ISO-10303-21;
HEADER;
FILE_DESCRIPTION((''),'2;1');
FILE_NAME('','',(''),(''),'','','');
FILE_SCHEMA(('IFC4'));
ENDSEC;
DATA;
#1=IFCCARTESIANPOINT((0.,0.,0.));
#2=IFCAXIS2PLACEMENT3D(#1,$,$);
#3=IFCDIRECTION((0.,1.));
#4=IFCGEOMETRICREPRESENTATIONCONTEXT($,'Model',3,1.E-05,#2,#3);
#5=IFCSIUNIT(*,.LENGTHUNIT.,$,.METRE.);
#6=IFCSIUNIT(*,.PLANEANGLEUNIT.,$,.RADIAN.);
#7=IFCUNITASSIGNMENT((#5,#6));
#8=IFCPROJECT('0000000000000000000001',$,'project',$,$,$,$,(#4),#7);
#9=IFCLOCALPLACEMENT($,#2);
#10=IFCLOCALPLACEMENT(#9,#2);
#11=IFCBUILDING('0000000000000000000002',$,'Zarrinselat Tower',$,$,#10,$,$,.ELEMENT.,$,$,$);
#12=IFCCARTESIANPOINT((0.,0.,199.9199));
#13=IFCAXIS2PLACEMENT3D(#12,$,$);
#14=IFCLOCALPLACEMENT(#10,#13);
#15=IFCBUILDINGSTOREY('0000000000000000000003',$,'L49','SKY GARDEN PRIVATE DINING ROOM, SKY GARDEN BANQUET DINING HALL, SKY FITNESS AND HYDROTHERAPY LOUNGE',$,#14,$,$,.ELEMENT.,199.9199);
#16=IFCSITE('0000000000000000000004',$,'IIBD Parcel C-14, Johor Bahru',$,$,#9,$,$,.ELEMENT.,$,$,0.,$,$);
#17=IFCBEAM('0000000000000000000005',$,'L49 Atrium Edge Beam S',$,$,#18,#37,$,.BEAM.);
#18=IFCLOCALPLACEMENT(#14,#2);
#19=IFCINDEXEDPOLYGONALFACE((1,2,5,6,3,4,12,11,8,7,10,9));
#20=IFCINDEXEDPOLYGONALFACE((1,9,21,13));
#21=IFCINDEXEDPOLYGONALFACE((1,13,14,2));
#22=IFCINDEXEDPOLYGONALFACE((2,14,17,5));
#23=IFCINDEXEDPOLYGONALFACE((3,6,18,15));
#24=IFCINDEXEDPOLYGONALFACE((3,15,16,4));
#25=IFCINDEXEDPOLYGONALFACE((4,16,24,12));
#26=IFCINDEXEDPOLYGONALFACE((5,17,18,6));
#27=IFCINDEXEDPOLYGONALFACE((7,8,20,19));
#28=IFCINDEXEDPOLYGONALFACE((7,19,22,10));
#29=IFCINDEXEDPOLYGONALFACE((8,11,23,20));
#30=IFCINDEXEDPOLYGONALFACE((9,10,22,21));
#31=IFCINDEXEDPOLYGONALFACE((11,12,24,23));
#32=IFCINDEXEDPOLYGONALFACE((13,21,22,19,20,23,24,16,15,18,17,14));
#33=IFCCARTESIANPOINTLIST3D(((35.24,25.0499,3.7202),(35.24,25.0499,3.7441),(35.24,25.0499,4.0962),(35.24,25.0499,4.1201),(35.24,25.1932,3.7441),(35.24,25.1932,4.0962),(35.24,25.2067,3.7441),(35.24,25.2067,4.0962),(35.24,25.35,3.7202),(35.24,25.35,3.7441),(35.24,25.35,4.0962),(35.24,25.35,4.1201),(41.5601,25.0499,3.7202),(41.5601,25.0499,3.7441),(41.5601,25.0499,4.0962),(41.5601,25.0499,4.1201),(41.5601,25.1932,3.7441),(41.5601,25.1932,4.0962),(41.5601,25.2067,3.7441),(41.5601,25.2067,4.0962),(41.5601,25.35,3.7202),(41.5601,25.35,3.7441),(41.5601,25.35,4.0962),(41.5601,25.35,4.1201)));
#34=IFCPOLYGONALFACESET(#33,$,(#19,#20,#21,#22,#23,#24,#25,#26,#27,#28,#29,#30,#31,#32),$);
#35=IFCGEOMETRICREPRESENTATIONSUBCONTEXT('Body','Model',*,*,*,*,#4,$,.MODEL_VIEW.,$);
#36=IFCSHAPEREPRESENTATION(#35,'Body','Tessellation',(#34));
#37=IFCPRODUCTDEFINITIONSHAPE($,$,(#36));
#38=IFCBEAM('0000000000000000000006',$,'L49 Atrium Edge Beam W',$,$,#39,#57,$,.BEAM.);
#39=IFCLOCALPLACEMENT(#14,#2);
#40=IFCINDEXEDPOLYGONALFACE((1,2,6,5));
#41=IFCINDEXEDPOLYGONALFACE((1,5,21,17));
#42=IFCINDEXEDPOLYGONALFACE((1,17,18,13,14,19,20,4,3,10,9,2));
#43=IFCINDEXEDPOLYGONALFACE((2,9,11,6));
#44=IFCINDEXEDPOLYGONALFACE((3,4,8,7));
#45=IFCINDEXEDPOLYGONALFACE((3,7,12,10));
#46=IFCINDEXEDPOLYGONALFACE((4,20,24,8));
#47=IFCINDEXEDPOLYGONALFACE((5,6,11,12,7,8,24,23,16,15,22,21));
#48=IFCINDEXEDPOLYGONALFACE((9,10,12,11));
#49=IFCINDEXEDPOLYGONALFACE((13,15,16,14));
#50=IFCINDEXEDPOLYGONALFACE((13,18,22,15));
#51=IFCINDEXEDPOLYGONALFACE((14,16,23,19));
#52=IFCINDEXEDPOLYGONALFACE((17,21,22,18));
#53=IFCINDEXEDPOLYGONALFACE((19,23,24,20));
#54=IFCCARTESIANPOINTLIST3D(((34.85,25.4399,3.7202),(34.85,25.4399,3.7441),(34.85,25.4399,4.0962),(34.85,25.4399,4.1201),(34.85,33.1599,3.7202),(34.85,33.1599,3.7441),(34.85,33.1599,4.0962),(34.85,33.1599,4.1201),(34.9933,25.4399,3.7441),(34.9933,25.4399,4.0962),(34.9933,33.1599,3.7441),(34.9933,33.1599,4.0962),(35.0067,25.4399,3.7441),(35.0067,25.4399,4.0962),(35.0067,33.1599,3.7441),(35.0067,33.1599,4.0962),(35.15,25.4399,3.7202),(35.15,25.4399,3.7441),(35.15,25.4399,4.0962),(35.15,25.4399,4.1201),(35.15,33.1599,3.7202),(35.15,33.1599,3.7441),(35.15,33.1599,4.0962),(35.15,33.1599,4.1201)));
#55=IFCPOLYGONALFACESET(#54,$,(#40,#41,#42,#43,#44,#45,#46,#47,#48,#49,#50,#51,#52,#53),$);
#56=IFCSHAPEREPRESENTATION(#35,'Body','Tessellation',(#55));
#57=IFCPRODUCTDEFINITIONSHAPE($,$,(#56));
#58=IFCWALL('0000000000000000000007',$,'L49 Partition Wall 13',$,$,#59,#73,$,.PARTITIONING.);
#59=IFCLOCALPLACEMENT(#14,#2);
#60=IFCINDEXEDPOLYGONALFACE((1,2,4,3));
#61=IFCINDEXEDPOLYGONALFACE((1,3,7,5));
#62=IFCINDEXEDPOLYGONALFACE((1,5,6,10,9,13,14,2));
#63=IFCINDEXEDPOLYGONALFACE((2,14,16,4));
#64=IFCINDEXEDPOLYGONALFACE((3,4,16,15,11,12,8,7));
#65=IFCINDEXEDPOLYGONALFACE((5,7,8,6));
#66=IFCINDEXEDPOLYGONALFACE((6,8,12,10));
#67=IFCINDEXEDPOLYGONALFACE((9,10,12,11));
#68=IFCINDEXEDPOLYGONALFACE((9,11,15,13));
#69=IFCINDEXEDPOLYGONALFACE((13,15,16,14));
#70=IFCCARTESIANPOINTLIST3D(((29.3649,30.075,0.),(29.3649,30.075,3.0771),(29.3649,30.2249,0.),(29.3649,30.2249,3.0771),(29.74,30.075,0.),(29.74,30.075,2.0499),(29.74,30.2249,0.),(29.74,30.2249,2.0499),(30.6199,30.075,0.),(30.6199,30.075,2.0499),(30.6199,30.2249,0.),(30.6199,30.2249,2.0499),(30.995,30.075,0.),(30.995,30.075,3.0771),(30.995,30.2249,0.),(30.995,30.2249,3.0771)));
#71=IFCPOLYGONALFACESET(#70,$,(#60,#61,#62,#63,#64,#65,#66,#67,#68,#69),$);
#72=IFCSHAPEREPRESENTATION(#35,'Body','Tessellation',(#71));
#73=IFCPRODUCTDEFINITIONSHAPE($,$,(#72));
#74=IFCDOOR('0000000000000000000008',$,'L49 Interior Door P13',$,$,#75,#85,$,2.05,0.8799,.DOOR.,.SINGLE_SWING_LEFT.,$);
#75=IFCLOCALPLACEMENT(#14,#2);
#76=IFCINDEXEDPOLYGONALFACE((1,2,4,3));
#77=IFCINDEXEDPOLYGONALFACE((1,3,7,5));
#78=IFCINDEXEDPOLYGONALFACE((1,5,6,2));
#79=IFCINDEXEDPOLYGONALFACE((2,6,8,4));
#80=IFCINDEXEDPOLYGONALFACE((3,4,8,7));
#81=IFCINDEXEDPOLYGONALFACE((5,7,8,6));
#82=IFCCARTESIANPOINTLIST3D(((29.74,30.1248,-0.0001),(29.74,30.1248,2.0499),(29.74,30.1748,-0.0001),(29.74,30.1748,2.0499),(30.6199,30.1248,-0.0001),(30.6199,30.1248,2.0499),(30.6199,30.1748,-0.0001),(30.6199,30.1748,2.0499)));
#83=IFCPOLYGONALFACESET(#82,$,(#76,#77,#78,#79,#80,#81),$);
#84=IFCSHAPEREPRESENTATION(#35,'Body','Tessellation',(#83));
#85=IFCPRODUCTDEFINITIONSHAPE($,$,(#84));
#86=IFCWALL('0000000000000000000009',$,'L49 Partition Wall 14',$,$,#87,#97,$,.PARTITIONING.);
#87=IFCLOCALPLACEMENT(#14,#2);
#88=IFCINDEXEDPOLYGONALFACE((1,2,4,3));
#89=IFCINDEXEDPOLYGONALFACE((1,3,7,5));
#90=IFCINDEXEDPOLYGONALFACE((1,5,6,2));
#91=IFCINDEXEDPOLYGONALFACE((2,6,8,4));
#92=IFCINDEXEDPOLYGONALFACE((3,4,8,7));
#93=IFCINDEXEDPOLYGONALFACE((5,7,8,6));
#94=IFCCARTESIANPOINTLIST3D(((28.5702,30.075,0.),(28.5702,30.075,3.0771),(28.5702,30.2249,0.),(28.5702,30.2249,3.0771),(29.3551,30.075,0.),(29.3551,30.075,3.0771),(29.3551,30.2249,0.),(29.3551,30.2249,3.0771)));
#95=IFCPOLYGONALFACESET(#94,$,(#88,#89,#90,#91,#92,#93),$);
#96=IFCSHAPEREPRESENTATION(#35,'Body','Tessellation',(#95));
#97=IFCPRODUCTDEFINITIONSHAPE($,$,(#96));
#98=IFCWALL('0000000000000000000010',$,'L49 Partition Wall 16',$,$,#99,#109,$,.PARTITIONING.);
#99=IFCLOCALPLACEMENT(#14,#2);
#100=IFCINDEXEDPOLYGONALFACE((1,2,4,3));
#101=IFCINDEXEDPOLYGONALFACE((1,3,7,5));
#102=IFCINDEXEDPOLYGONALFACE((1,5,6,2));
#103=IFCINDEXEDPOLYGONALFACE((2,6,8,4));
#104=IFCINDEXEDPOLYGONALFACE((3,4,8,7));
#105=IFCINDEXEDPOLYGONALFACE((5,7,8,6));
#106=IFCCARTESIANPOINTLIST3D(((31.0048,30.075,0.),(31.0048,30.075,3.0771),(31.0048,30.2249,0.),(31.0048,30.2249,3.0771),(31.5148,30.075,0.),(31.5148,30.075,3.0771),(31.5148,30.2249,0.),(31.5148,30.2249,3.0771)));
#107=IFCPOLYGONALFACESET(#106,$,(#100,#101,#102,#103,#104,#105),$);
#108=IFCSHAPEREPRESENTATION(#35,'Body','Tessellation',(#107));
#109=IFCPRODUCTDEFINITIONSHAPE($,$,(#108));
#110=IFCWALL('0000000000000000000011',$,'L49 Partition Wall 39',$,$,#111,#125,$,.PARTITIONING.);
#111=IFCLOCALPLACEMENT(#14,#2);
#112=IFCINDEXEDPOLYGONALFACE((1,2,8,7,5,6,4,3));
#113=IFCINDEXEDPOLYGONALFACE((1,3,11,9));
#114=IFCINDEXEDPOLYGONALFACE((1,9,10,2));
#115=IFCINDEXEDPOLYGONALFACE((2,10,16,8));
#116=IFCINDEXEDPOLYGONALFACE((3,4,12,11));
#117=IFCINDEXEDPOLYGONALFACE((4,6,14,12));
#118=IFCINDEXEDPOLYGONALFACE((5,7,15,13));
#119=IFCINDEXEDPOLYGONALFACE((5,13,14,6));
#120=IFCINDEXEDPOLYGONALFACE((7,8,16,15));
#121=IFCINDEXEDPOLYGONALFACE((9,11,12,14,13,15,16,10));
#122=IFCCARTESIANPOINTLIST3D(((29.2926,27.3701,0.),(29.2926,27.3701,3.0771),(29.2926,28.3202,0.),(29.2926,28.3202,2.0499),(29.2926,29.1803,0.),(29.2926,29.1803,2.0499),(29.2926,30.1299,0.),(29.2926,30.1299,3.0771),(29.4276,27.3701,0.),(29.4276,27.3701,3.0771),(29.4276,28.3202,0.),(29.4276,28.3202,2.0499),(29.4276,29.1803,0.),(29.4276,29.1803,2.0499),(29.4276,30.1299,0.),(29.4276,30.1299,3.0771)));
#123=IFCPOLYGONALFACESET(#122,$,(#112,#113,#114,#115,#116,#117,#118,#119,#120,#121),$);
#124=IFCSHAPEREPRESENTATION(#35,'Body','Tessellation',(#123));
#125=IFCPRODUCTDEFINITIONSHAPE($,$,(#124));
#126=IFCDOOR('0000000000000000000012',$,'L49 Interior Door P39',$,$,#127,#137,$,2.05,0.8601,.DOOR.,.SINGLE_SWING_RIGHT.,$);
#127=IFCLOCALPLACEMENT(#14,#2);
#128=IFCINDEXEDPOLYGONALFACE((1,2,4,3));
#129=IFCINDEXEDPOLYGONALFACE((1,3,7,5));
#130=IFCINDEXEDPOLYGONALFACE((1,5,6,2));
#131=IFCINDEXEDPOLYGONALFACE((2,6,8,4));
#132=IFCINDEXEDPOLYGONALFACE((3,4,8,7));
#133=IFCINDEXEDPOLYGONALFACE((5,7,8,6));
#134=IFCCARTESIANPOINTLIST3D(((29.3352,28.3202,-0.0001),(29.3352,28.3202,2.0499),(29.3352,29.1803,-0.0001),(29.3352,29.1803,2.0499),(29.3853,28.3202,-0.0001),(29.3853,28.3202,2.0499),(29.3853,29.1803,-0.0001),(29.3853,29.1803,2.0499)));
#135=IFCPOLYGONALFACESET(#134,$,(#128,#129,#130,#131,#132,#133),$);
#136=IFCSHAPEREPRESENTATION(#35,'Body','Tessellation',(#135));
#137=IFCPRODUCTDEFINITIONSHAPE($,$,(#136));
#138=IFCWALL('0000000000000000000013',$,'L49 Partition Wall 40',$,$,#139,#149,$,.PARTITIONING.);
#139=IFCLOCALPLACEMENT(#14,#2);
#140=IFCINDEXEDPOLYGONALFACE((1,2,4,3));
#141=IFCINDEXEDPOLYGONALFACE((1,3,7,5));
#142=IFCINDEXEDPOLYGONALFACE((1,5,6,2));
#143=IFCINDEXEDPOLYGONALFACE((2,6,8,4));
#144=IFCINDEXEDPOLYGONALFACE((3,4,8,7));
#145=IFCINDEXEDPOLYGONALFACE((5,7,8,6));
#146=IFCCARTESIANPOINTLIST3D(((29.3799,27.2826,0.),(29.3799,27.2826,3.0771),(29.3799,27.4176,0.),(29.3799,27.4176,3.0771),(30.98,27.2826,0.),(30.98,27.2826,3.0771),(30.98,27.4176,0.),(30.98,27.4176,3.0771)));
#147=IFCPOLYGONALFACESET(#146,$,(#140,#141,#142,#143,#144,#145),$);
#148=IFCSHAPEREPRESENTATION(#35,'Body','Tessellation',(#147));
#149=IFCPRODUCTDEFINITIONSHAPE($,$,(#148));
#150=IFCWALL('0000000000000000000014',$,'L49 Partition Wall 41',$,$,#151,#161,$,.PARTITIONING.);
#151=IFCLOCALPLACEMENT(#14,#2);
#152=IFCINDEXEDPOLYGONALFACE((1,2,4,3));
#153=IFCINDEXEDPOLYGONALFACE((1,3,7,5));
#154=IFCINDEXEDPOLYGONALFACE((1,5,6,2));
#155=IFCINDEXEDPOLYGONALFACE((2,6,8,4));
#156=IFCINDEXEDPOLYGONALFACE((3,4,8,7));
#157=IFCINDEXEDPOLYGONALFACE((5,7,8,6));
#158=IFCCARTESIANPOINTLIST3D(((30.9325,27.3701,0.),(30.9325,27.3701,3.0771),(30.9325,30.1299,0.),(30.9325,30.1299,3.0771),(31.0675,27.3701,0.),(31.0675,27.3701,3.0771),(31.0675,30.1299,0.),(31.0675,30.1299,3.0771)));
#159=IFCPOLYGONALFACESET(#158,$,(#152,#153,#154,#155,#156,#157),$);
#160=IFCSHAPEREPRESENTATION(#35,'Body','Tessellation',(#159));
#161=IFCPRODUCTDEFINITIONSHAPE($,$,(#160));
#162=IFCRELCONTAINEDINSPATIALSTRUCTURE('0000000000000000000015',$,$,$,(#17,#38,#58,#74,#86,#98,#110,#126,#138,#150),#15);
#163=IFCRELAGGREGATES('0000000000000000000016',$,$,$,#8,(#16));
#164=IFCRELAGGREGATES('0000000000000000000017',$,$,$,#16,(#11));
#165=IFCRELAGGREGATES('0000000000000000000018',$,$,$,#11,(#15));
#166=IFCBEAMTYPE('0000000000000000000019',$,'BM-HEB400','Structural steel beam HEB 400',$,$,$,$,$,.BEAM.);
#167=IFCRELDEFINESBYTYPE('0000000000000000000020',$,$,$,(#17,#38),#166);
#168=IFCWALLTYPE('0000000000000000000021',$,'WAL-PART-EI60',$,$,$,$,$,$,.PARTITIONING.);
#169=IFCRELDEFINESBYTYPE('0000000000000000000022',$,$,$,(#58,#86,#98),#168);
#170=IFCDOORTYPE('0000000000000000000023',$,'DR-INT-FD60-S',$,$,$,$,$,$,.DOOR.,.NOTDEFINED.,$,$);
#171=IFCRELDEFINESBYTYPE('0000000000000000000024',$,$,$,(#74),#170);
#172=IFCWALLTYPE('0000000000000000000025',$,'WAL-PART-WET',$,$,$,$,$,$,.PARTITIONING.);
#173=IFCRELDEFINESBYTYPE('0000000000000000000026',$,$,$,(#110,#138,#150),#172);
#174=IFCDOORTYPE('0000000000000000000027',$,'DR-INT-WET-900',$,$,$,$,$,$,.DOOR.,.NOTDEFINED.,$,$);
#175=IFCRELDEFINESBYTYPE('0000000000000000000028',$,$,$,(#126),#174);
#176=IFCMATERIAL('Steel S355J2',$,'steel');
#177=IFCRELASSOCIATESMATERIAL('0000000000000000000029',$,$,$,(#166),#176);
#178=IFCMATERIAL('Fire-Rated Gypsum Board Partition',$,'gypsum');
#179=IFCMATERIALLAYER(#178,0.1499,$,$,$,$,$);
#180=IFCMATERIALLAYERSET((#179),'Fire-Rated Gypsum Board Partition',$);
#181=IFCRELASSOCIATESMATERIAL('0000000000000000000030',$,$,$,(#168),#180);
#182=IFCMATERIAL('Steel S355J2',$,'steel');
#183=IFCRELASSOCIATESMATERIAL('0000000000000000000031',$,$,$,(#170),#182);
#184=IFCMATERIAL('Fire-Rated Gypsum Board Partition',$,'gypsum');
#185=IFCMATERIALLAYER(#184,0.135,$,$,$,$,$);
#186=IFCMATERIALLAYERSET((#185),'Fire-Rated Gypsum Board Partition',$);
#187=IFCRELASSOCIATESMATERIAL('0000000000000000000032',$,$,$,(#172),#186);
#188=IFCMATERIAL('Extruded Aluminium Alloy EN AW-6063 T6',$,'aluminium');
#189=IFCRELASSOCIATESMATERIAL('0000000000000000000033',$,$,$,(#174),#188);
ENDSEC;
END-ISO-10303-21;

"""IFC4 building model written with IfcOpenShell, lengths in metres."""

from ifc_helpers import new_model, si_unit, direction, frame, frame_2d, origin, origin_2d, place, context, subcontext, project, spatial, rectangle, i_section, extrude, material, layer, layer_set, material_profile, profile_set, type_object, element, fill, save


model = new_model("IFC4")

# Units and contexts
model_context = context("Model", 3, precision=1e-05, world=origin(), true_north=direction((0.0, 1.0)))
body_context = subcontext(model_context, "Body", "Model", "MODEL_VIEW")
ifc_project = project(units=[si_unit("LENGTHUNIT", "METRE"), si_unit("PLANEANGLEUNIT", "RADIAN")], contexts=[model_context])

# Site, building, storey
site_placement = place(None, origin())
site = spatial("IfcSite", under=ifc_project, at=site_placement, Name="IIBD Parcel C-14, Johor Bahru", CompositionType="ELEMENT", RefElevation=0.0)
building_placement = place(site_placement, origin())
building = spatial("IfcBuilding", under=site, at=building_placement, Name="Zarrinselat Tower", CompositionType="ELEMENT")
storey_placement = place(building_placement, frame((0.0, 0.0, 199.9199)))
storey = spatial("IfcBuildingStorey", under=building, at=storey_placement, Name="L49", Description="SKY GARDEN PRIVATE DINING ROOM, SKY GARDEN BANQUET DINING HALL, SKY FITNESS AND HYDROTHERAPY LOUNGE", CompositionType="ELEMENT", Elevation=199.9199)

# Beams
ifc_material_1 = material(Name="Steel S355J2", Category="steel")
ifc_material_profile = material_profile(ifc_material_1, i_section(OverallWidth=0.3, OverallDepth=0.3999, WebThickness=0.0134, FlangeThickness=0.0239, at=origin_2d()), Name="HEB 400")
ifc_profile_set = profile_set([ifc_material_profile], Name="Steel S355J2")
beam_type = type_object("IfcBeamType", Name="BM-HEB400", Description="Structural steel beam HEB 400", PredefinedType="BEAM", material=ifc_profile_set)
beam_1_placement = place(storey_placement, frame((35.24, 25.2, 3.9202), z_axis=(1.0, 0.0, 0.0), x_axis=(0.0, 1.0, 0.0)))
element("IfcBeam", 1, at=beam_1_placement, inside=storey, type_object=beam_type, Name="L49 Atrium Edge Beam S", PredefinedType="BEAM", context=body_context, shape_type="SweptSolid", body=[
    extrude(i_section(OverallWidth=0.3, OverallDepth=0.3999, WebThickness=0.0134, FlangeThickness=0.0239, at=origin_2d()), origin(), (0.0, 0.0, 1.0), 6.3201),
])
beam_2_placement = place(storey_placement, frame((35.0, 25.4399, 3.9202), z_axis=(0.0, 1.0, 0.0), x_axis=(-1.0, 0.0, 0.0)))
element("IfcBeam", 2, at=beam_2_placement, inside=storey, type_object=beam_type, Name="L49 Atrium Edge Beam W", PredefinedType="BEAM", context=body_context, shape_type="SweptSolid", body=[
    extrude(i_section(OverallWidth=0.3, OverallDepth=0.3999, WebThickness=0.0134, FlangeThickness=0.0239, at=origin_2d()), origin(), (0.0, 0.0, 1.0), 7.72),
])

# Wall, opening, door
ifc_material_2 = material(Name="Fire-Rated Gypsum Board Partition", Category="gypsum")
ifc_layer_1 = layer(ifc_material_2, 0.1499)
ifc_layer_set_1 = layer_set([ifc_layer_1], Name="Fire-Rated Gypsum Board Partition")
wall_type_1 = type_object("IfcWallType", Name="WAL-PART-EI60", PredefinedType="PARTITIONING", material=ifc_layer_set_1)
wall_1_placement = place(storey_placement, frame((29.365, 30.1499, 0.0), z_axis=(0.0, 0.0, 1.0), x_axis=(1.0, 0.0, 0.0)))
wall_1 = element("IfcWall", 3, at=wall_1_placement, inside=storey, type_object=wall_type_1, Name="L49 Partition Wall 13", PredefinedType="PARTITIONING", context=body_context, shape_type="SweptSolid", body=[
    extrude(rectangle(XDim=1.6301, YDim=0.1499, at=frame_2d((0.8149, 0.0))), origin(), (0.0, 0.0, 1.0), 3.0771),
])
opening_1_placement = place(wall_1_placement, frame((0.375, 0.0, 0.0)))
opening_1 = element("IfcOpeningElement", 4, at=opening_1_placement, cuts=wall_1, PredefinedType="OPENING", context=body_context, shape_type="SweptSolid", body=[
    extrude(rectangle(XDim=0.8799, YDim=2.05, at=frame_2d((0.4399, 1.0249))), frame((0.0, 0.085, 0.0), z_axis=(0.0, -1.0, 0.0), x_axis=(1.0, 0.0, 0.0)), (0.0, 0.0, 1.0), 0.1699),
])
ifc_material_3 = material(Name="Steel S355J2", Category="steel")
door_type_1 = type_object("IfcDoorType", Name="DR-INT-FD60-S", OperationType="NOTDEFINED", PredefinedType="DOOR", material=ifc_material_3)
door_1_placement = place(opening_1_placement, origin())
door_1 = element("IfcDoor", 5, at=door_1_placement, inside=storey, type_object=door_type_1, Name="L49 Interior Door P13", OperationType="SINGLE_SWING_LEFT", OverallHeight=2.05, OverallWidth=0.8799, PredefinedType="DOOR", context=body_context, shape_type="SweptSolid", body=[
    extrude(rectangle(XDim=0.8799, YDim=2.05, at=frame_2d((0.4399, 1.0249))), frame((0.0, 0.0249, 0.0), z_axis=(0.0, -1.0, 0.0), x_axis=(1.0, 0.0, 0.0)), (0.0, 0.0, 1.0), 0.05),
])
fill(opening_1, door_1)

# Walls
wall_2_placement = place(storey_placement, frame((28.5701, 30.1499, 0.0), z_axis=(0.0, 0.0, 1.0), x_axis=(1.0, 0.0, 0.0)))
element("IfcWall", 6, at=wall_2_placement, inside=storey, type_object=wall_type_1, Name="L49 Partition Wall 14", PredefinedType="PARTITIONING", context=body_context, shape_type="SweptSolid", body=[
    extrude(rectangle(XDim=0.7849, YDim=0.1499, at=frame_2d((0.3926, 0.0))), origin(), (0.0, 0.0, 1.0), 3.0771),
])
wall_3_placement = place(storey_placement, frame((31.0049, 30.1499, 0.0), z_axis=(0.0, 0.0, 1.0), x_axis=(1.0, 0.0, 0.0)))
element("IfcWall", 7, at=wall_3_placement, inside=storey, type_object=wall_type_1, Name="L49 Partition Wall 16", PredefinedType="PARTITIONING", context=body_context, shape_type="SweptSolid", body=[
    extrude(rectangle(XDim=0.51, YDim=0.1499, at=frame_2d((0.2549, 0.0))), origin(), (0.0, 0.0, 1.0), 3.0771),
])

# Wall, opening, door
ifc_material_4 = material(Name="Fire-Rated Gypsum Board Partition", Category="gypsum")
ifc_layer_2 = layer(ifc_material_4, 0.135)
ifc_layer_set_2 = layer_set([ifc_layer_2], Name="Fire-Rated Gypsum Board Partition")
wall_type_2 = type_object("IfcWallType", Name="WAL-PART-WET", PredefinedType="PARTITIONING", material=ifc_layer_set_2)
wall_4_placement = place(storey_placement, frame((29.3601, 27.3701, 0.0), z_axis=(0.0, 0.0, 1.0), x_axis=(0.0, 1.0, 0.0)))
wall_4 = element("IfcWall", 8, at=wall_4_placement, inside=storey, type_object=wall_type_2, Name="L49 Partition Wall 39", PredefinedType="PARTITIONING", context=body_context, shape_type="SweptSolid", body=[
    extrude(rectangle(XDim=2.7598, YDim=0.135, at=frame_2d((1.3799, 0.0))), origin(), (0.0, 0.0, 1.0), 3.0771),
])
opening_2_placement = place(wall_4_placement, frame((0.95, 0.0, 0.0)))
opening_2 = element("IfcOpeningElement", 9, at=opening_2_placement, cuts=wall_4, PredefinedType="OPENING", context=body_context, shape_type="SweptSolid", body=[
    extrude(rectangle(XDim=0.8601, YDim=2.05, at=frame_2d((0.4302, 1.0249))), frame((0.0, 0.0774, 0.0), z_axis=(0.0, -1.0, 0.0), x_axis=(1.0, 0.0, 0.0)), (0.0, 0.0, 1.0), 0.155),
])
ifc_material_5 = material(Name="Extruded Aluminium Alloy EN AW-6063 T6", Category="aluminium")
door_type_2 = type_object("IfcDoorType", Name="DR-INT-WET-900", OperationType="NOTDEFINED", PredefinedType="DOOR", material=ifc_material_5)
door_2_placement = place(opening_2_placement, origin())
door_2 = element("IfcDoor", 10, at=door_2_placement, inside=storey, type_object=door_type_2, Name="L49 Interior Door P39", OperationType="SINGLE_SWING_RIGHT", OverallHeight=2.05, OverallWidth=0.8601, PredefinedType="DOOR", context=body_context, shape_type="SweptSolid", body=[
    extrude(rectangle(XDim=0.8601, YDim=2.05, at=frame_2d((0.4302, 1.0249))), frame((0.0, 0.0249, 0.0), z_axis=(0.0, -1.0, 0.0), x_axis=(1.0, 0.0, 0.0)), (0.0, 0.0, 1.0), 0.05),
])
fill(opening_2, door_2)

# Walls
wall_5_placement = place(storey_placement, frame((29.3799, 27.3501, 0.0), z_axis=(0.0, 0.0, 1.0), x_axis=(1.0, 0.0, 0.0)))
element("IfcWall", 11, at=wall_5_placement, inside=storey, type_object=wall_type_2, Name="L49 Partition Wall 40", PredefinedType="PARTITIONING", context=body_context, shape_type="SweptSolid", body=[
    extrude(rectangle(XDim=1.6001, YDim=0.135, at=frame_2d((0.8, 0.0))), origin(), (0.0, 0.0, 1.0), 3.0771),
])
wall_6_placement = place(storey_placement, frame((31.0, 27.3701, 0.0), z_axis=(0.0, 0.0, 1.0), x_axis=(0.0, 1.0, 0.0)))
element("IfcWall", 12, at=wall_6_placement, inside=storey, type_object=wall_type_2, Name="L49 Partition Wall 41", PredefinedType="PARTITIONING", context=body_context, shape_type="SweptSolid", body=[
    extrude(rectangle(XDim=2.7598, YDim=0.135, at=frame_2d((1.3799, 0.0))), origin(), (0.0, 0.0, 1.0), 3.0771),
])

save(model, "model.ifc")
